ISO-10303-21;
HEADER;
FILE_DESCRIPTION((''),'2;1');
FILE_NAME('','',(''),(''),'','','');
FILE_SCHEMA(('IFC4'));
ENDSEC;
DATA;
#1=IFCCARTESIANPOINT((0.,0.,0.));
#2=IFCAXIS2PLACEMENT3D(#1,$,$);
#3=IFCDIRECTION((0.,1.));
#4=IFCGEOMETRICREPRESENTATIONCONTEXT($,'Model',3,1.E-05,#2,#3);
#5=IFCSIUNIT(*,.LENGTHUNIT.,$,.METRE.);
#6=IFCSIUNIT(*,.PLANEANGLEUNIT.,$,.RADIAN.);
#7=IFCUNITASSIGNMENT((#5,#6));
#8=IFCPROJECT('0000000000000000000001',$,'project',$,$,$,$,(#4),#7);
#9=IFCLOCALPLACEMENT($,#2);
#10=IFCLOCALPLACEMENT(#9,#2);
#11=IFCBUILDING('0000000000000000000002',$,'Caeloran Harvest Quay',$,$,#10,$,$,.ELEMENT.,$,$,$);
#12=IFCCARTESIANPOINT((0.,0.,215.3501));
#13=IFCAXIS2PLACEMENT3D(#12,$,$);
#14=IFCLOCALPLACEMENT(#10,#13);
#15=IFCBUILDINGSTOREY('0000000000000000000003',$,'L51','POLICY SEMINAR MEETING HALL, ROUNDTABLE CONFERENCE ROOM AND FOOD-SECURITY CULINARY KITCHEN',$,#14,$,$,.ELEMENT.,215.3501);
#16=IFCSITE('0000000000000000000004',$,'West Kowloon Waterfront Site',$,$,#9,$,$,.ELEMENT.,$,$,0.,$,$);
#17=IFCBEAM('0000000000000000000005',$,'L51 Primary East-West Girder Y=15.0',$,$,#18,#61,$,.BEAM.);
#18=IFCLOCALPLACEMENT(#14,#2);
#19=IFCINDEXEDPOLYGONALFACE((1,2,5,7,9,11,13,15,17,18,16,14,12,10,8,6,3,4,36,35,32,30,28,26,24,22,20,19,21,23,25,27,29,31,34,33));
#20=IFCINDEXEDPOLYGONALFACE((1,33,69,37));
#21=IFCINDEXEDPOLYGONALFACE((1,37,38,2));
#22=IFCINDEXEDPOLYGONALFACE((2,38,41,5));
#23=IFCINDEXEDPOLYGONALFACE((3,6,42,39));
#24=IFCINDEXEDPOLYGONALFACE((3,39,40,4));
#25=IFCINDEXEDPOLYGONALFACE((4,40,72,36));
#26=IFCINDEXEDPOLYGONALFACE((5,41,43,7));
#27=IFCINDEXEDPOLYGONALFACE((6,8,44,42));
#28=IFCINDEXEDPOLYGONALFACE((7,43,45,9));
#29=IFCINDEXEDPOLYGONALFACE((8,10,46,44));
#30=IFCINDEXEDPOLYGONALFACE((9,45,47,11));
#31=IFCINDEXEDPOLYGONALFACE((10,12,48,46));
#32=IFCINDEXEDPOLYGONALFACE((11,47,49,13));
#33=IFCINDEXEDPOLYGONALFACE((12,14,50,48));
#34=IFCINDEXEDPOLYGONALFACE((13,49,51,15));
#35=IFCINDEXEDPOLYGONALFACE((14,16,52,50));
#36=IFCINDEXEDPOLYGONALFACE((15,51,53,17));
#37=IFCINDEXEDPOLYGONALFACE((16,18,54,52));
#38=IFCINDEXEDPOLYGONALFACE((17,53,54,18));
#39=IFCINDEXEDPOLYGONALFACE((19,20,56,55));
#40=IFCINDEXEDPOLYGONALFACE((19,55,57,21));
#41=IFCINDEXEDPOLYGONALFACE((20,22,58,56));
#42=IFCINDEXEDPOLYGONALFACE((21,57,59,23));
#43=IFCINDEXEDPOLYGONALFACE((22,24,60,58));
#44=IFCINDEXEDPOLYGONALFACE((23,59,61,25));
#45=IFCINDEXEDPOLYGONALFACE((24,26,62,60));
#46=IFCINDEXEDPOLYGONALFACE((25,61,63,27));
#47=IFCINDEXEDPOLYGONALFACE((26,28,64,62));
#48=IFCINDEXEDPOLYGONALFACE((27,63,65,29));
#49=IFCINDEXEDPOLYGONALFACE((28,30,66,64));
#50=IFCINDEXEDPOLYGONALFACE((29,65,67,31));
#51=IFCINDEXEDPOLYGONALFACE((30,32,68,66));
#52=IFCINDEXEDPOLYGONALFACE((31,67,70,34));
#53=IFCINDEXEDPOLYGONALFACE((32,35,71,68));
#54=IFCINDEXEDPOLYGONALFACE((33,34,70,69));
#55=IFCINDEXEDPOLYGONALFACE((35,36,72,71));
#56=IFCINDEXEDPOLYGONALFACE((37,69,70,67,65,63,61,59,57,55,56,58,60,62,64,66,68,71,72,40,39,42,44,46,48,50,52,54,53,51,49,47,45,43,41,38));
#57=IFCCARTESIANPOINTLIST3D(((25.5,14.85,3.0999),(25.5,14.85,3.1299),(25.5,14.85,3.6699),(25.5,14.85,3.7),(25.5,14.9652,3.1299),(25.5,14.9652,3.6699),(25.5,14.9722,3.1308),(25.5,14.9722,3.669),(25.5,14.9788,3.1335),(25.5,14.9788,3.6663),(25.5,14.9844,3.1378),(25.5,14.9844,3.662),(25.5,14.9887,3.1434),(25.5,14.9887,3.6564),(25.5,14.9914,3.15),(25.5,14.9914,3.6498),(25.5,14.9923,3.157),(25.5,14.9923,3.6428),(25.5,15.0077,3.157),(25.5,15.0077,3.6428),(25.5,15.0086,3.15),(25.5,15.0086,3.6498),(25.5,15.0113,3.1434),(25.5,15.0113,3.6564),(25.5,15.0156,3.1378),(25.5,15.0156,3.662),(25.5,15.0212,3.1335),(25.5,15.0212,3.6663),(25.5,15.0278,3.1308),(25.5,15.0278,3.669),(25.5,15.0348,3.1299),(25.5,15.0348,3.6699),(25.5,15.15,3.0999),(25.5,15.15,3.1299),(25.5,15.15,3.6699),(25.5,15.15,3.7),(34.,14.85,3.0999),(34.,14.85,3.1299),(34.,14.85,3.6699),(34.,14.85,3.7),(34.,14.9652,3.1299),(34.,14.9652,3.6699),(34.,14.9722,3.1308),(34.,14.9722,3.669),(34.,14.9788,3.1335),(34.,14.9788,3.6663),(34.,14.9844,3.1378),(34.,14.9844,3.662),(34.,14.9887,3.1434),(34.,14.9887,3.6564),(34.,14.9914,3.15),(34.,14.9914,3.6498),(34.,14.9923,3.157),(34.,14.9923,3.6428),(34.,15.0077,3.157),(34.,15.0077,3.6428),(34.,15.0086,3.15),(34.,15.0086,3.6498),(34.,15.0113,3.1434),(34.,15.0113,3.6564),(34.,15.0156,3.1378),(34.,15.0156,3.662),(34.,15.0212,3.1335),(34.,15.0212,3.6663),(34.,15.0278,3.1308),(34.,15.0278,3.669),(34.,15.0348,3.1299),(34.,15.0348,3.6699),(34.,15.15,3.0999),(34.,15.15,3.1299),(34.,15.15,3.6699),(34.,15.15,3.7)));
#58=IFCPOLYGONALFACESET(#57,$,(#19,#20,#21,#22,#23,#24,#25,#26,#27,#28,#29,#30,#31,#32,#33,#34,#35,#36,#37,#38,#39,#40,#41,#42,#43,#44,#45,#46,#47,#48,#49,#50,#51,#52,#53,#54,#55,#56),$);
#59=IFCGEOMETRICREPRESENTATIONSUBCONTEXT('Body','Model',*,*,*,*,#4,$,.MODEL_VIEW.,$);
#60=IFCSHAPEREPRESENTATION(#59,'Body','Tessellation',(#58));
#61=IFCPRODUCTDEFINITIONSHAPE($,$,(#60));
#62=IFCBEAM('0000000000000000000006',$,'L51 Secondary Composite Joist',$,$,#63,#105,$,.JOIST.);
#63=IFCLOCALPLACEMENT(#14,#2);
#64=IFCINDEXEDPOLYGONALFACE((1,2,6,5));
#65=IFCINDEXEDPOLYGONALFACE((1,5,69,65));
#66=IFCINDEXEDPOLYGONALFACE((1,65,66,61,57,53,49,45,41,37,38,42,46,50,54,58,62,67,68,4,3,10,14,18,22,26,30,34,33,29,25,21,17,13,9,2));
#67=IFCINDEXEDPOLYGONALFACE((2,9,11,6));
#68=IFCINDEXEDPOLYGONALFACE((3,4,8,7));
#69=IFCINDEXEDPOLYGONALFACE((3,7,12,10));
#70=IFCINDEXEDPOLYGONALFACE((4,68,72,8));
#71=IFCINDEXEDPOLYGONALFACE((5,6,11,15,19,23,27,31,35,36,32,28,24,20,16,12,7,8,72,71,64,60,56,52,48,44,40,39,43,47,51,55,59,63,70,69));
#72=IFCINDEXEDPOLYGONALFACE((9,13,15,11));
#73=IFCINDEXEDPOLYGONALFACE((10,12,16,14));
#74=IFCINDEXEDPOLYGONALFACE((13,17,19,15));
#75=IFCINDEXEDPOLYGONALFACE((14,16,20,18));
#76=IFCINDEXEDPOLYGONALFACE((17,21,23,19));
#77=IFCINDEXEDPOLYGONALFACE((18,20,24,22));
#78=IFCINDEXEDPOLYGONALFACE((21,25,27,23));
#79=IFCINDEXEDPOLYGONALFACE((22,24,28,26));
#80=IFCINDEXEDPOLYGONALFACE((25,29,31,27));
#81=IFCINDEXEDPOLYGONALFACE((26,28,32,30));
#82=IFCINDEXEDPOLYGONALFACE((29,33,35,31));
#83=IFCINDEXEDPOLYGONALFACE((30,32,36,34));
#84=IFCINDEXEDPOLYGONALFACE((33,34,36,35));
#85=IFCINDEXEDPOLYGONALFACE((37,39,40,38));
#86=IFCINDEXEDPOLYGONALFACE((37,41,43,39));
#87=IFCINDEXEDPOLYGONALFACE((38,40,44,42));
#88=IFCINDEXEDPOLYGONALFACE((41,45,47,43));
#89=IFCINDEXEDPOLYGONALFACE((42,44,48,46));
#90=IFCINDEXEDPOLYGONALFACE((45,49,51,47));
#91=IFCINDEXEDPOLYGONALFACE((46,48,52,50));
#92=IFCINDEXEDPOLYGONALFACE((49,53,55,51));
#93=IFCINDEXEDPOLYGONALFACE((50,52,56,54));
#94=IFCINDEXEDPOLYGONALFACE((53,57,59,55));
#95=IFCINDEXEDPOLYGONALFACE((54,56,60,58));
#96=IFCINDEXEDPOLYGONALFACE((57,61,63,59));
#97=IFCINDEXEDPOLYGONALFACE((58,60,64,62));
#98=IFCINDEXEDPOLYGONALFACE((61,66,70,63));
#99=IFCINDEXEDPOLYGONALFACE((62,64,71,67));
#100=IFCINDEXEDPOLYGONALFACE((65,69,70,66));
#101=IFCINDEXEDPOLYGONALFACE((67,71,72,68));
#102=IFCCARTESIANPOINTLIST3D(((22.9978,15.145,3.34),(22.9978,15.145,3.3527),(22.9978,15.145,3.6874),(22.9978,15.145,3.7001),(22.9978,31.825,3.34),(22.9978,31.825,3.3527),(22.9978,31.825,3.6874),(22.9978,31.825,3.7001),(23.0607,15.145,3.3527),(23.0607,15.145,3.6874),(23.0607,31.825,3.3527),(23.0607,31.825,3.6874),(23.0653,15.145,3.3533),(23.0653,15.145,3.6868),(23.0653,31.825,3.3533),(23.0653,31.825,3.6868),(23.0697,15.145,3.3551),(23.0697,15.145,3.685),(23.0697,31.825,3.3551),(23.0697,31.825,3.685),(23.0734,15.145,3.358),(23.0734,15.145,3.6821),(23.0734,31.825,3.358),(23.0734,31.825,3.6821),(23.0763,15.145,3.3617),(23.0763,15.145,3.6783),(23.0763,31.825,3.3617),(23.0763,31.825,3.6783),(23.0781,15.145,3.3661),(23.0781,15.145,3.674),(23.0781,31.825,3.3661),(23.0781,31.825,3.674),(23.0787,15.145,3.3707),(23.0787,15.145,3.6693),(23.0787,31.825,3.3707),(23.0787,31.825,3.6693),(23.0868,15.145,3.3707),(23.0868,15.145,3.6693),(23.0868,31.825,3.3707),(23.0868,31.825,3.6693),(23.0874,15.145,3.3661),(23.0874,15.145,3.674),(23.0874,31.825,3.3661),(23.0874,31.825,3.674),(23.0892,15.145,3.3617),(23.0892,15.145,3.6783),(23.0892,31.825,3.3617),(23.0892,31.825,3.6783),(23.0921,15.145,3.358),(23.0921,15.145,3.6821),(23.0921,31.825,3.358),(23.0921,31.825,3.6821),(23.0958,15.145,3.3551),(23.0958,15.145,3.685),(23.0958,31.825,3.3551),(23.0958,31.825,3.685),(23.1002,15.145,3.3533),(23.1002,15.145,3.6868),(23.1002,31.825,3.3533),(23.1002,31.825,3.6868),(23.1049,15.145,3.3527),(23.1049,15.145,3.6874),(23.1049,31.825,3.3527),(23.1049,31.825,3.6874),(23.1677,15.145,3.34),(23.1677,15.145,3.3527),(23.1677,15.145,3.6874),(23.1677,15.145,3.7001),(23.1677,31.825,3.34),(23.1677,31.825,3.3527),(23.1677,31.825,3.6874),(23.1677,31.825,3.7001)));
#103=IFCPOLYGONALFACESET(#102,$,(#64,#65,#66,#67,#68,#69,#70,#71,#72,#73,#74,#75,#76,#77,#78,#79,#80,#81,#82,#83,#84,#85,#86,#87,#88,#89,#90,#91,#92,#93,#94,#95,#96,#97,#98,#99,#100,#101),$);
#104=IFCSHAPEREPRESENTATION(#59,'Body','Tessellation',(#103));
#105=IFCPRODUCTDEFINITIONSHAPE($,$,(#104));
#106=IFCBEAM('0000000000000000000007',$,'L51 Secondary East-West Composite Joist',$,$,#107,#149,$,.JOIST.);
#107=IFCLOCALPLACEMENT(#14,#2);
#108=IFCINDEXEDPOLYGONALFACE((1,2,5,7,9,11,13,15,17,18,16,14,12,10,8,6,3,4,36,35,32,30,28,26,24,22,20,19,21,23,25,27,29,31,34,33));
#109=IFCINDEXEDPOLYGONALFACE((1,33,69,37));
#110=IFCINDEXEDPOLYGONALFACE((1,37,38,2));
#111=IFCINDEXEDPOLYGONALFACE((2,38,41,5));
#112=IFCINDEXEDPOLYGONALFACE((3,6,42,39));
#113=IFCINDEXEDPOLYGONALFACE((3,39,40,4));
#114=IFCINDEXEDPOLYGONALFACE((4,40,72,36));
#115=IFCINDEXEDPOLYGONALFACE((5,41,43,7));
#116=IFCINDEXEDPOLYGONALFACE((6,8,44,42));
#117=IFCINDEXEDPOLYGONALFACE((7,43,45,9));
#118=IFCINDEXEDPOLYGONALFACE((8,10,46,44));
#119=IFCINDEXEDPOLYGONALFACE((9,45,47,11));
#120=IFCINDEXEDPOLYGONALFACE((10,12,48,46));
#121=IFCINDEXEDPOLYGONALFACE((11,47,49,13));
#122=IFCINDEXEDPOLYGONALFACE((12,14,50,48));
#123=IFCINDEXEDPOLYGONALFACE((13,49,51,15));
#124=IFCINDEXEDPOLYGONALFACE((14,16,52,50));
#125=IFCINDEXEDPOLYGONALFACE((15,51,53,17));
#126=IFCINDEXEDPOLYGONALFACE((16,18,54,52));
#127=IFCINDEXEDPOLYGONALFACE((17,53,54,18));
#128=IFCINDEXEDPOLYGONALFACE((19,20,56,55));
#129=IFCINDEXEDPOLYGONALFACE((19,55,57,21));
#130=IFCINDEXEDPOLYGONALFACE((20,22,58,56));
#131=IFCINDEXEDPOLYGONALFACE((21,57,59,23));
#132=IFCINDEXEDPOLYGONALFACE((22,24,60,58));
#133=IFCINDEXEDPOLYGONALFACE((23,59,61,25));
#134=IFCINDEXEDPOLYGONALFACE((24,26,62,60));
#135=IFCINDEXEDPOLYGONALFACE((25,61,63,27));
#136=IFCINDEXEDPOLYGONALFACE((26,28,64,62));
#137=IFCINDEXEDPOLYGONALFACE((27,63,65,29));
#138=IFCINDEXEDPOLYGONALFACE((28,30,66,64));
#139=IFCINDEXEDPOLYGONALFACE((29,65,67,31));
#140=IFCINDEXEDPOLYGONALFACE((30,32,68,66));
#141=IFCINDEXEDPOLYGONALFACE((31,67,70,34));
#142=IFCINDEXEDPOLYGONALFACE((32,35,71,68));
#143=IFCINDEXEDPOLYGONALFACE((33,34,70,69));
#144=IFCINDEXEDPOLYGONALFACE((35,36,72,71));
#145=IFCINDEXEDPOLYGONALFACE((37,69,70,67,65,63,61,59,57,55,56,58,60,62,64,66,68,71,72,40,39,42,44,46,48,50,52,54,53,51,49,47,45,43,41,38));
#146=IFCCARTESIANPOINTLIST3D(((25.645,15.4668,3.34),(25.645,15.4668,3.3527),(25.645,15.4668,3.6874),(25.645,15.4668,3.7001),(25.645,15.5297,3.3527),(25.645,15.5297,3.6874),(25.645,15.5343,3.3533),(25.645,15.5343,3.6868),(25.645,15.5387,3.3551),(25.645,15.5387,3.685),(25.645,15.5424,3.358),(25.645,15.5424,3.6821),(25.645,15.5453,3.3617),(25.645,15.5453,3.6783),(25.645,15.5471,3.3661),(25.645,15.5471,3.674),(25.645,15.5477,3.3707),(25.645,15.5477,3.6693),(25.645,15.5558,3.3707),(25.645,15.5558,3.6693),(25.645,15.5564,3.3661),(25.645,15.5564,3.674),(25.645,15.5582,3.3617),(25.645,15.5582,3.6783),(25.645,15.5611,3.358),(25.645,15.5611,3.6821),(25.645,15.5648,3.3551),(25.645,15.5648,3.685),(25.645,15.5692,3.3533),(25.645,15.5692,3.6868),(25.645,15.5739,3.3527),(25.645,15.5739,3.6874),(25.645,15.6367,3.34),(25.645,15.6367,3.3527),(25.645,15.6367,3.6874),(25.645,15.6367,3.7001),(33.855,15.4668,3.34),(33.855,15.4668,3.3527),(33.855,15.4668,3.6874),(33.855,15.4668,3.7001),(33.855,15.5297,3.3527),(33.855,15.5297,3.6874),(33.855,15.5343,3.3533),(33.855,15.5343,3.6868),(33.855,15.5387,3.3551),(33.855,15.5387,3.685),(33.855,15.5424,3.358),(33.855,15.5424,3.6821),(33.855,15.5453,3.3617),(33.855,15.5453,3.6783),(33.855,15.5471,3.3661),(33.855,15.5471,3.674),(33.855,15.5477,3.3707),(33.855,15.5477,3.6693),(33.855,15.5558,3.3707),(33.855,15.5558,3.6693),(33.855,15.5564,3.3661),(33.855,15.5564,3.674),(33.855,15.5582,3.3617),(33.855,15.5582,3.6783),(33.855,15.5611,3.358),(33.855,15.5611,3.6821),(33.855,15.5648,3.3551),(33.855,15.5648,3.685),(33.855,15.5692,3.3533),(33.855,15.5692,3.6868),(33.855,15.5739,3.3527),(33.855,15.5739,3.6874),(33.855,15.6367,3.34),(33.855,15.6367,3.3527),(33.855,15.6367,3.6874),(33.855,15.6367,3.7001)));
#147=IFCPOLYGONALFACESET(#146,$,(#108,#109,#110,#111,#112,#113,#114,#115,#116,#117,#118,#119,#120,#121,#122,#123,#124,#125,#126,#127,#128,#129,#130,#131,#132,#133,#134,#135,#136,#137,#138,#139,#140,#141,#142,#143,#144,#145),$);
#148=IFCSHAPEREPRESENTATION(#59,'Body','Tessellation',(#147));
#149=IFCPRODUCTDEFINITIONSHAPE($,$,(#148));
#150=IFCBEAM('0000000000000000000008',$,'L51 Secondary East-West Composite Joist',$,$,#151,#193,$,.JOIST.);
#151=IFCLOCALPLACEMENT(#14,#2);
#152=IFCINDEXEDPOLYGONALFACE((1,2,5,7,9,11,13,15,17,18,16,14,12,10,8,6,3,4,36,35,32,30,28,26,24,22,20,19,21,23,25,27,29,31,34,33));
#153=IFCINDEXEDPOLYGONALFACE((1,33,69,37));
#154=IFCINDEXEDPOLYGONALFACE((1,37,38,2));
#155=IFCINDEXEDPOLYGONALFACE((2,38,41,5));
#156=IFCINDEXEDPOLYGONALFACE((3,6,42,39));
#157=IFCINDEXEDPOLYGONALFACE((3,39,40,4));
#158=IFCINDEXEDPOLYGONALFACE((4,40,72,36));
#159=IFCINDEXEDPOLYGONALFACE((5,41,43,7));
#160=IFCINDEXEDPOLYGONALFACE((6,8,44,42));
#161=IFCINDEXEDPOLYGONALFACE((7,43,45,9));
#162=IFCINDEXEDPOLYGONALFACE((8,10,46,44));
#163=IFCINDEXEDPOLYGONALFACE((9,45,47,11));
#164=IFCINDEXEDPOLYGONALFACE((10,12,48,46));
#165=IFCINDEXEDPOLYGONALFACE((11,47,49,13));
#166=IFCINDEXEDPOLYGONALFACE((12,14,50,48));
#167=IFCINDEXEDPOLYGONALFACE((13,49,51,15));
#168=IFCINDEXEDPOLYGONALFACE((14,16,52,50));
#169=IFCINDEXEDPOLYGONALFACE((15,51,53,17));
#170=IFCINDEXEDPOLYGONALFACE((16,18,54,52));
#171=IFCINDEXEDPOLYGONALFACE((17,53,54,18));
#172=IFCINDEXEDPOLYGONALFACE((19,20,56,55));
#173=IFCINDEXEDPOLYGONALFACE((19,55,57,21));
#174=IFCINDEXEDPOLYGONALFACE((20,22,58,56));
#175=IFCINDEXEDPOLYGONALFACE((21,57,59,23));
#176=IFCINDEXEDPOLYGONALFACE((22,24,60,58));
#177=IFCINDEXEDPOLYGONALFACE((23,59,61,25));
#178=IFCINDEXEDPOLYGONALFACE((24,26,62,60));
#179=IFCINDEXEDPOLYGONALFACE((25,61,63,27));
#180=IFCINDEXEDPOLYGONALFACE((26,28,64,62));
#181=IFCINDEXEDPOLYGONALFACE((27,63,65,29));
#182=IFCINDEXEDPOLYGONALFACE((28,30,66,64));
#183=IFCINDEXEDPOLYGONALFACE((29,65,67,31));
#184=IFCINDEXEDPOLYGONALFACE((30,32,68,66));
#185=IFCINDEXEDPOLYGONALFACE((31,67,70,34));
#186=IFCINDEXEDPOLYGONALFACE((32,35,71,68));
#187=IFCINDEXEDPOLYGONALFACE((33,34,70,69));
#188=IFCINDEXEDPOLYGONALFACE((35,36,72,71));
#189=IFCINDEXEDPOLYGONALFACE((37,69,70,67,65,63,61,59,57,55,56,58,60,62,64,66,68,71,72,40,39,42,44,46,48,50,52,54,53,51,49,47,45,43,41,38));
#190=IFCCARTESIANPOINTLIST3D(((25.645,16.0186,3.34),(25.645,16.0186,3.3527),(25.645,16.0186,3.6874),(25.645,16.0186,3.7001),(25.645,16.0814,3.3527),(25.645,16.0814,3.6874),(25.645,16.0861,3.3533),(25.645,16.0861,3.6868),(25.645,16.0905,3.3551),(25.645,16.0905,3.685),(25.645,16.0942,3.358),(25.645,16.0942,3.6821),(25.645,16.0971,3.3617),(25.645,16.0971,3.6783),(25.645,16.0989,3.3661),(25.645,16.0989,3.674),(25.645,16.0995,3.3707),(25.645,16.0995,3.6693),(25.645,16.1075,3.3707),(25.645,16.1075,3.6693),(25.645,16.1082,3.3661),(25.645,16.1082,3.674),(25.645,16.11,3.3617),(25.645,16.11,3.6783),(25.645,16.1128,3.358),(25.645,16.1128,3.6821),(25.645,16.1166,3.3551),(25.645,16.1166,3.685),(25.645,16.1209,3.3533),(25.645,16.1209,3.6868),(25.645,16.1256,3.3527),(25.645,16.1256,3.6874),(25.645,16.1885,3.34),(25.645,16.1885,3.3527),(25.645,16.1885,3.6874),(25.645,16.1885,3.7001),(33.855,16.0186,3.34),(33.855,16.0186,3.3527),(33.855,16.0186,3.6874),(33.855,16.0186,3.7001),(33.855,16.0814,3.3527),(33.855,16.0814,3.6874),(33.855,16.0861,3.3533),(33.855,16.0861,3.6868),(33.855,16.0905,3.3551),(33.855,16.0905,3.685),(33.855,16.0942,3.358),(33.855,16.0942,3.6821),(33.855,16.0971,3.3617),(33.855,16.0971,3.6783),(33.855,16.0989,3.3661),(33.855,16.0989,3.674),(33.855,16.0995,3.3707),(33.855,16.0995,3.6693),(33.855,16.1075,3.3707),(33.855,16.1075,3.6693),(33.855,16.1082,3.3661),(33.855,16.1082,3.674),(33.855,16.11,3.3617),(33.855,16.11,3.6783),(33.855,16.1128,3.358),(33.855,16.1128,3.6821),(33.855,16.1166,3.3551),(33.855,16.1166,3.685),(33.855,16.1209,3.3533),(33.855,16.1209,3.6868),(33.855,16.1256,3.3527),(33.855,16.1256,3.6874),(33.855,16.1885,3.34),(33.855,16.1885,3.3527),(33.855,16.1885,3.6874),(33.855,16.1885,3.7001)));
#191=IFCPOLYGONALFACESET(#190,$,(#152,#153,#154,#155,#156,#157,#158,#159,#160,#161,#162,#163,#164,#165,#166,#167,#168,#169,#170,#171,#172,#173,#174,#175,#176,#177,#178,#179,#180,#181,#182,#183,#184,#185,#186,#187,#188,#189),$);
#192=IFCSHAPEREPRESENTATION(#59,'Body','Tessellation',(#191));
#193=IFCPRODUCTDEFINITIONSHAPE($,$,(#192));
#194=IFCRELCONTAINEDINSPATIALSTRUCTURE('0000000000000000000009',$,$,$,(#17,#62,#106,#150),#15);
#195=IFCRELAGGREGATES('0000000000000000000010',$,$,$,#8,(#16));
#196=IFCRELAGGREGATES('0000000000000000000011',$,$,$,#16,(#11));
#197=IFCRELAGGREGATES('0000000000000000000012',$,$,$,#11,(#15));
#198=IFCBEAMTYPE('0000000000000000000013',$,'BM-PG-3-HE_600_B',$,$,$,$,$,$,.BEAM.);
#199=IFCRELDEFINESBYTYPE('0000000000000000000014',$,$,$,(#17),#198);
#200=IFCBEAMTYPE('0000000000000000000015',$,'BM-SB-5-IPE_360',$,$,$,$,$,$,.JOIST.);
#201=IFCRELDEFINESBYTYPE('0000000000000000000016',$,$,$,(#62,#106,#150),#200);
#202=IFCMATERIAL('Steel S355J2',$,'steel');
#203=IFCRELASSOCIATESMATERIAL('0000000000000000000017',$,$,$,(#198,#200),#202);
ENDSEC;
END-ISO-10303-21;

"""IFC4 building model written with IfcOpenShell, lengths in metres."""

from ifc_helpers import new_model, si_unit, direction, frame, origin, origin_2d, place, context, subcontext, project, spatial, i_section, extrude, material, material_profile, profile_set, type_object, element, save


model = new_model("IFC4")

# Units and contexts
model_context = context("Model", 3, precision=1e-05, world=origin(), true_north=direction((0.0, 1.0)))
body_context = subcontext(model_context, "Body", "Model", "MODEL_VIEW")
ifc_project = project(units=[si_unit("LENGTHUNIT", "METRE"), si_unit("PLANEANGLEUNIT", "RADIAN")], contexts=[model_context])

# Site, building, storey
site_placement = place(None, origin())
site = spatial("IfcSite", under=ifc_project, at=site_placement, Name="West Kowloon Waterfront Site", CompositionType="ELEMENT", RefElevation=0.0)
building_placement = place(site_placement, origin())
building = spatial("IfcBuilding", under=site, at=building_placement, Name="Caeloran Harvest Quay", CompositionType="ELEMENT")
storey_placement = place(building_placement, frame((0.0, 0.0, 215.3501)))
storey = spatial("IfcBuildingStorey", under=building, at=storey_placement, Name="L51", Description="POLICY SEMINAR MEETING HALL, ROUNDTABLE CONFERENCE ROOM AND FOOD-SECURITY CULINARY KITCHEN", CompositionType="ELEMENT", Elevation=215.3501)

# Beams
ifc_material_1 = material(Name="Steel S355J2", Category="steel")
ifc_material_profile_1 = material_profile(ifc_material_1, i_section(OverallWidth=0.3, OverallDepth=0.6001, WebThickness=0.0154, FlangeThickness=0.03, FilletRadius=0.0271, at=origin_2d()), Name="HE 600 B")
ifc_profile_set_1 = profile_set([ifc_material_profile_1], Name="Steel S355J2")
beam_type_1 = type_object("IfcBeamType", Name="BM-PG-3-HE_600_B", PredefinedType="BEAM", material=ifc_profile_set_1)
beam_1_placement = place(storey_placement, frame((25.5, 15.0, 3.3999), z_axis=(1.0, 0.0, 0.0), x_axis=(0.0, 1.0, 0.0)))
element("IfcBeam", 1, at=beam_1_placement, inside=storey, type_object=beam_type_1, Name="L51 Primary East-West Girder Y=15.0", PredefinedType="BEAM", context=body_context, shape_type="SweptSolid", body=[
    extrude(i_section(OverallWidth=0.3, OverallDepth=0.6001, WebThickness=0.0154, FlangeThickness=0.03, FilletRadius=0.0271, at=origin_2d()), origin(), (0.0, 0.0, 1.0), 8.5),
])
ifc_material_profile_2 = material_profile(ifc_material_1, i_section(OverallWidth=0.1699, OverallDepth=0.3601, WebThickness=0.0081, FlangeThickness=0.0127, FilletRadius=0.0181, at=origin_2d()), Name="IPE 360")
ifc_profile_set_2 = profile_set([ifc_material_profile_2], Name="Steel S355J2")
beam_type_2 = type_object("IfcBeamType", Name="BM-SB-5-IPE_360", PredefinedType="JOIST", material=ifc_profile_set_2)
beam_2_placement = place(storey_placement, frame((23.0828, 15.145, 3.52), z_axis=(0.0, 1.0, 0.0), x_axis=(-1.0, 0.0, 0.0)))
element("IfcBeam", 2, at=beam_2_placement, inside=storey, type_object=beam_type_2, Name="L51 Secondary Composite Joist", PredefinedType="JOIST", context=body_context, shape_type="SweptSolid", body=[
    extrude(i_section(OverallWidth=0.1699, OverallDepth=0.3601, WebThickness=0.0081, FlangeThickness=0.0127, FilletRadius=0.0181, at=origin_2d()), origin(), (0.0, 0.0, 1.0), 16.6799),
])
for number, where, z_axis, x_axis, name in (
    (3, (25.645, 15.5518, 3.52), (1.0, 0.0, 0.0), (0.0, 1.0, 0.0), "L51 Secondary East-West Composite Joist"),
    (4, (25.645, 16.1035, 3.52), (1.0, 0.0, 0.0), (0.0, 1.0, 0.0), "L51 Secondary East-West Composite Joist"),
):
    element("IfcBeam", number, at=place(storey_placement, frame(where, z_axis=z_axis, x_axis=x_axis)), inside=storey, type_object=beam_type_2, Name=name, PredefinedType="JOIST", context=body_context, shape_type="SweptSolid", body=[
        extrude(i_section(OverallWidth=0.1699, OverallDepth=0.3601, WebThickness=0.0081, FlangeThickness=0.0127, FilletRadius=0.0181, at=origin_2d()), origin(), (0.0, 0.0, 1.0), 8.21),
    ])

save(model, "model.ifc")
